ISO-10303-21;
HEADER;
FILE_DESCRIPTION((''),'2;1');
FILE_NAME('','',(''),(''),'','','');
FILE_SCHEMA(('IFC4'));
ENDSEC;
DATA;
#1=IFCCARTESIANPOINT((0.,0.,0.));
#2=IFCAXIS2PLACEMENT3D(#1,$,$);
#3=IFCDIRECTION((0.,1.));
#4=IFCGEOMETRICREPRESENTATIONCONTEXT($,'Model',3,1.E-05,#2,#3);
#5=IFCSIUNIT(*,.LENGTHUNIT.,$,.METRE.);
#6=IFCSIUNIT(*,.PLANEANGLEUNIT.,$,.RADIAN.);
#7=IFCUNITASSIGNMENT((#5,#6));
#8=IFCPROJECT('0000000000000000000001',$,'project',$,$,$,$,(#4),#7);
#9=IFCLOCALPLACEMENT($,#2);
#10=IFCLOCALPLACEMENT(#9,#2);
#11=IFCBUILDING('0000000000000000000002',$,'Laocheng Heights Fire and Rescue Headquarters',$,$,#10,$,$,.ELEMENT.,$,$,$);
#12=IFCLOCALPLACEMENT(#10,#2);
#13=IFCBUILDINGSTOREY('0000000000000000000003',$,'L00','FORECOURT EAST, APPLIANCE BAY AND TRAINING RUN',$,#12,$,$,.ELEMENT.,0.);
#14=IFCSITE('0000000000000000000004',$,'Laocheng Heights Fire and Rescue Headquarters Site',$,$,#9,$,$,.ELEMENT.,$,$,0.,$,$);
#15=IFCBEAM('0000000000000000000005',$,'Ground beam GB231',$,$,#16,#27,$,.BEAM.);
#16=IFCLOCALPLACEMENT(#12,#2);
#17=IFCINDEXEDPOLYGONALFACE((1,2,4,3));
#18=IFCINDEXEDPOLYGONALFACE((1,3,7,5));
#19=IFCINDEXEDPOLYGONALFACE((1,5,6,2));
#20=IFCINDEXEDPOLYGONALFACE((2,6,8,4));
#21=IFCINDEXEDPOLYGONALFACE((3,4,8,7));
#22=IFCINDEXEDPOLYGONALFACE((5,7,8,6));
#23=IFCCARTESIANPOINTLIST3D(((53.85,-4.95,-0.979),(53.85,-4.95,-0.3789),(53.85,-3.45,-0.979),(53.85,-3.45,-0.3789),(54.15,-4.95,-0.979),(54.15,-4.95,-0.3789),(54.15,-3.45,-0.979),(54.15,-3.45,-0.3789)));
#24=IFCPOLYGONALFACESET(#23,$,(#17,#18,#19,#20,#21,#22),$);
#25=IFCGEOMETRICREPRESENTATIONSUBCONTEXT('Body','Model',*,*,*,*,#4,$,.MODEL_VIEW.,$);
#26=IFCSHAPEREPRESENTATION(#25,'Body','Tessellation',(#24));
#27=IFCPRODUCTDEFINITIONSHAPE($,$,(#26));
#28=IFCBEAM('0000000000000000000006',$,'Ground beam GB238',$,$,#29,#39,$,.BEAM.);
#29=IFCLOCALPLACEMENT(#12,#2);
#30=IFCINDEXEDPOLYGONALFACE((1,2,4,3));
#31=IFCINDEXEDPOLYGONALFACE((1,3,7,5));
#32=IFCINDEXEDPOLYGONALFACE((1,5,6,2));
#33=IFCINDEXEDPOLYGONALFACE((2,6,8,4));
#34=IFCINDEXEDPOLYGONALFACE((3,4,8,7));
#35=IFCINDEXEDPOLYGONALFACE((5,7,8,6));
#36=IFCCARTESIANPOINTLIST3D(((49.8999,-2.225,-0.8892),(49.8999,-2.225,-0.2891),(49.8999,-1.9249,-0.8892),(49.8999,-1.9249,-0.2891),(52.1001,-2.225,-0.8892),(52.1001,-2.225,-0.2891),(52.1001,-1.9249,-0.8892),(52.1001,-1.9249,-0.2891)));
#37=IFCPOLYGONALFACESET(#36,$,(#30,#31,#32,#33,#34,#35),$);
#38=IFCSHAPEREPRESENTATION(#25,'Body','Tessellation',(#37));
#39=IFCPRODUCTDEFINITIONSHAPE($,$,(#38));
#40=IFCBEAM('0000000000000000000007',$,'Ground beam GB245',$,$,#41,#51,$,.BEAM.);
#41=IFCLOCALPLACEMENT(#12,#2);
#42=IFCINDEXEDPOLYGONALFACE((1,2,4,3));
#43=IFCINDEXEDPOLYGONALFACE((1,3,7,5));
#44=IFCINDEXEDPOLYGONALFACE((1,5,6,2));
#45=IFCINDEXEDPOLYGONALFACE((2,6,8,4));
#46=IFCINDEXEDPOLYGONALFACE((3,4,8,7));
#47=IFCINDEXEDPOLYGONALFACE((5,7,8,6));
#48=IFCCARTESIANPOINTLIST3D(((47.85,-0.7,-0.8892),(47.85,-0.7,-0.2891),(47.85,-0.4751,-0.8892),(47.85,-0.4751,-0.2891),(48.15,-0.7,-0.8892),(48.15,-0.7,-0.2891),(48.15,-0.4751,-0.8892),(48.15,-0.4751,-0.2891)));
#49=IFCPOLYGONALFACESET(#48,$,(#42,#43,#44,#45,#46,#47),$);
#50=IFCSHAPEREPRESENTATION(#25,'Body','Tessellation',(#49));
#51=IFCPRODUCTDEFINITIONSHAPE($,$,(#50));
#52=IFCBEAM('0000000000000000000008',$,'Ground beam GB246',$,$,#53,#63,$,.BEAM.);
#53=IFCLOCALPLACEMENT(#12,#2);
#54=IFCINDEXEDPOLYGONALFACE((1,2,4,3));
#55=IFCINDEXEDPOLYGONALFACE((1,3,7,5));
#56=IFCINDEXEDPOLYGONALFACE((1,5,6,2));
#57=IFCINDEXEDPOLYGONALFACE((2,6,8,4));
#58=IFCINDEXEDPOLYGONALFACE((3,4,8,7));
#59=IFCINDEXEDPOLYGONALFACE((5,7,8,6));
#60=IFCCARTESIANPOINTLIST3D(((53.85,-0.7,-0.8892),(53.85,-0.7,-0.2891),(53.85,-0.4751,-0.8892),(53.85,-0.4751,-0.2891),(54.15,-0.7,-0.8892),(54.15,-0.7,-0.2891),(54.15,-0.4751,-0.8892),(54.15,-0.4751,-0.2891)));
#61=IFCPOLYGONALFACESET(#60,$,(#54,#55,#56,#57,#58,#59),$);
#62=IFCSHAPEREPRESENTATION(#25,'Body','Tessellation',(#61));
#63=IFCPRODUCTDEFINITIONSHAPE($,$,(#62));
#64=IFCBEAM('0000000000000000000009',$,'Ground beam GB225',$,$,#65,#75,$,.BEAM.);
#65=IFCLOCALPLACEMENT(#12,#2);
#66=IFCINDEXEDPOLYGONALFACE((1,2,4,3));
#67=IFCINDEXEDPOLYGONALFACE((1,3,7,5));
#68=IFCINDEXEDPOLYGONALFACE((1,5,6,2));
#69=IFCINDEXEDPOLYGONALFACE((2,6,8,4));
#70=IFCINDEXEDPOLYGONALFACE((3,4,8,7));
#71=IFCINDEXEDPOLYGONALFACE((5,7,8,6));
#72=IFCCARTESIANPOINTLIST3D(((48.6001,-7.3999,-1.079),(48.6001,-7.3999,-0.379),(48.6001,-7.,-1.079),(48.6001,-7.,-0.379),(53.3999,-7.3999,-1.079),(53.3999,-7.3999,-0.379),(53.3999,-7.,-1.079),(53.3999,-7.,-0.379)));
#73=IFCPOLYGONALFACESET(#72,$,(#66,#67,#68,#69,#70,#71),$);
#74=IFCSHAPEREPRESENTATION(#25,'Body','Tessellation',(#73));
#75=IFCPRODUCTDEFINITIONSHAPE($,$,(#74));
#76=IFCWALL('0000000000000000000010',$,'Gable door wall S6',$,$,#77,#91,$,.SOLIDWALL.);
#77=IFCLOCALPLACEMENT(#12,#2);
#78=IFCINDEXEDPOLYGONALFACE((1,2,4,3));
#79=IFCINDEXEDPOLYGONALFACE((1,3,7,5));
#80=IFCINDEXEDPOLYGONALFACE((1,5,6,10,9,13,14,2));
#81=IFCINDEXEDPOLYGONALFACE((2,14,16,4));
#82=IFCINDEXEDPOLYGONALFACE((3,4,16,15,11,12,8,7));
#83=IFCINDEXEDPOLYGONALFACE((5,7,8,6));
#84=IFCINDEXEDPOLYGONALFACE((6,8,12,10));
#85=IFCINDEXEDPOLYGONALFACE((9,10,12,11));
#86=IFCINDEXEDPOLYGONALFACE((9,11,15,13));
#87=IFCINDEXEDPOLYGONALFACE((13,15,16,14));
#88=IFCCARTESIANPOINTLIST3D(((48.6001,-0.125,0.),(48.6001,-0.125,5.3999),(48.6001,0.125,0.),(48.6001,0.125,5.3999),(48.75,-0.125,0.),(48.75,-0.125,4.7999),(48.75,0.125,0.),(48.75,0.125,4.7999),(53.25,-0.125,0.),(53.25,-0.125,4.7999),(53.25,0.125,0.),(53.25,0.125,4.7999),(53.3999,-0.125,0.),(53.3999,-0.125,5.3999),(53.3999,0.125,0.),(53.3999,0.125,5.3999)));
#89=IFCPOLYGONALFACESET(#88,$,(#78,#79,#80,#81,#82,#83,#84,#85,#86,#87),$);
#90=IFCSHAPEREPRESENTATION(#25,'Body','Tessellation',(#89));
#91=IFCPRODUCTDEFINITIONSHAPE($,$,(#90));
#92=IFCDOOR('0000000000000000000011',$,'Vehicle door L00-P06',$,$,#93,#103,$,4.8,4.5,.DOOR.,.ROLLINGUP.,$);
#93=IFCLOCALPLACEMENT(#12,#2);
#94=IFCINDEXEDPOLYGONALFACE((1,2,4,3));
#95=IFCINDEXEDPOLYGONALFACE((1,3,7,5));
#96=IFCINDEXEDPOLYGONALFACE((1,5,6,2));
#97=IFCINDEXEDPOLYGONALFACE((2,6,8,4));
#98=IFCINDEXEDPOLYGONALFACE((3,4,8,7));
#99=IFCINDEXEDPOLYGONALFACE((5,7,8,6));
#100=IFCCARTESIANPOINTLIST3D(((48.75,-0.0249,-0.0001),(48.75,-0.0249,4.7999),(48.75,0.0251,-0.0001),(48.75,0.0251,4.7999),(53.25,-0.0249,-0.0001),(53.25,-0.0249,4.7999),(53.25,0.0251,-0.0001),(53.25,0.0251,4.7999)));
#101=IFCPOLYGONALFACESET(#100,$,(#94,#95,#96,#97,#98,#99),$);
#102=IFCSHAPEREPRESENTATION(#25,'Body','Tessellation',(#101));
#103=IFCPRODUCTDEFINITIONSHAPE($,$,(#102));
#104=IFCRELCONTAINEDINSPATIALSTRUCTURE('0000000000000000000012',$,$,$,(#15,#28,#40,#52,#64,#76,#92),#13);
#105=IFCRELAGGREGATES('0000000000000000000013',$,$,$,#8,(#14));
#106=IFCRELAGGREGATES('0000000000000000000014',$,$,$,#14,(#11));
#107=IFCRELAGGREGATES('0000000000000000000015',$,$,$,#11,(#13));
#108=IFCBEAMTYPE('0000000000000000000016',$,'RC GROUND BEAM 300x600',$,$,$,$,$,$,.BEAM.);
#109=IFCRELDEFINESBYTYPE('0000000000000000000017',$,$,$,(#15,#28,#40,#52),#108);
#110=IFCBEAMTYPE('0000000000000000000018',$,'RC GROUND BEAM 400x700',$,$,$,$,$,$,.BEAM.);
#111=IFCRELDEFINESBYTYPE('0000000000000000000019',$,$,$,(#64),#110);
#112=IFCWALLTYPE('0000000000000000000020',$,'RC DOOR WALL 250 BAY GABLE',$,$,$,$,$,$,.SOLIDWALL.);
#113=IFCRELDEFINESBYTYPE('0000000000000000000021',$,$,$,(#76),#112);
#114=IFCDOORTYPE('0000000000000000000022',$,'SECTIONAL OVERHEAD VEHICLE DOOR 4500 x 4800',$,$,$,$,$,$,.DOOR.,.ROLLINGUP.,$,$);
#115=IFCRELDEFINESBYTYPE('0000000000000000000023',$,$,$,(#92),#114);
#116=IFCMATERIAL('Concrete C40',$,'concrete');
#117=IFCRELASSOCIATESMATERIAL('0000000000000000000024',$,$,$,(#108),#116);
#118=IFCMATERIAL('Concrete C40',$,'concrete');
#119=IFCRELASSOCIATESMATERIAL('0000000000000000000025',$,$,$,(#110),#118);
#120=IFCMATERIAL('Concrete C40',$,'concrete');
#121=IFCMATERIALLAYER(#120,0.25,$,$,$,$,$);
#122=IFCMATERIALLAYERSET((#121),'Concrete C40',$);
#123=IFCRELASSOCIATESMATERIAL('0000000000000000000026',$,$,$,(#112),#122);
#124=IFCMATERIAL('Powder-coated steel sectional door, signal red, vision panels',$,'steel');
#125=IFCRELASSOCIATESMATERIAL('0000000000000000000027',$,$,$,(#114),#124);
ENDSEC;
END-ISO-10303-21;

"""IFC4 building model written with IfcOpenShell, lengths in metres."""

from ifc_helpers import new_model, si_unit, direction, frame, frame_2d, origin, origin_2d, place, context, subcontext, project, spatial, rectangle, extrude, material, layer, layer_set, material_profile, profile_set, type_object, element, fill, save


model = new_model("IFC4")

# Units and contexts
model_context = context("Model", 3, precision=1e-05, world=origin(), true_north=direction((0.0, 1.0)))
body_context = subcontext(model_context, "Body", "Model", "MODEL_VIEW")
ifc_project = project(units=[si_unit("LENGTHUNIT", "METRE"), si_unit("PLANEANGLEUNIT", "RADIAN")], contexts=[model_context])

# Site, building, storey
site_placement = place(None, origin())
site = spatial("IfcSite", under=ifc_project, at=site_placement, Name="Laocheng Heights Fire and Rescue Headquarters Site", CompositionType="ELEMENT", RefElevation=0.0)
building_placement = place(site_placement, origin())
building = spatial("IfcBuilding", under=site, at=building_placement, Name="Laocheng Heights Fire and Rescue Headquarters", CompositionType="ELEMENT")
storey_placement = place(building_placement, origin())
storey = spatial("IfcBuildingStorey", under=building, at=storey_placement, Name="L00", Description="FORECOURT EAST, APPLIANCE BAY AND TRAINING RUN", CompositionType="ELEMENT", Elevation=0.0)

# Beams
ifc_material_1 = material(Name="Concrete C40", Category="concrete")
ifc_material_profile_1 = material_profile(ifc_material_1, rectangle(XDim=0.3, YDim=0.6001, at=origin_2d()), Name="RC GROUND BEAM 300x600")
ifc_profile_set_1 = profile_set([ifc_material_profile_1], Name="Concrete C40")
beam_type_1 = type_object("IfcBeamType", Name="RC GROUND BEAM 300x600", PredefinedType="BEAM", material=ifc_profile_set_1)
for number, where, z_axis, x_axis, name in (
    (1, (54.0, -4.95, -0.679), (0.0, 1.0, 0.0), (-1.0, 0.0, 0.0), "Ground beam GB231"),
):
    element("IfcBeam", number, at=place(storey_placement, frame(where, z_axis=z_axis, x_axis=x_axis)), inside=storey, type_object=beam_type_1, Name=name, PredefinedType="BEAM", context=body_context, shape_type="SweptSolid", body=[
        extrude(rectangle(XDim=0.3, YDim=0.6001, at=origin_2d()), origin(), (0.0, 0.0, 1.0), 1.5),
    ])
beam_1_placement = place(storey_placement, frame((49.8999, -2.075, -0.5891), z_axis=(1.0, 0.0, 0.0), x_axis=(0.0, 1.0, 0.0)))
element("IfcBeam", 2, at=beam_1_placement, inside=storey, type_object=beam_type_1, Name="Ground beam GB238", PredefinedType="BEAM", context=body_context, shape_type="SweptSolid", body=[
    extrude(rectangle(XDim=0.3, YDim=0.6001, at=origin_2d()), origin(), (0.0, 0.0, 1.0), 2.2002),
])
for number, where, z_axis, x_axis, name in (
    (3, (48.0, -0.7, -0.5891), (0.0, 1.0, 0.0), (-1.0, 0.0, 0.0), "Ground beam GB245"),
    (4, (54.0, -0.7, -0.5891), (0.0, 1.0, 0.0), (-1.0, 0.0, 0.0), "Ground beam GB246"),
):
    element("IfcBeam", number, at=place(storey_placement, frame(where, z_axis=z_axis, x_axis=x_axis)), inside=storey, type_object=beam_type_1, Name=name, PredefinedType="BEAM", context=body_context, shape_type="SweptSolid", body=[
        extrude(rectangle(XDim=0.3, YDim=0.6001, at=origin_2d()), origin(), (0.0, 0.0, 1.0), 0.2249),
    ])
ifc_material_2 = material(Name="Concrete C40", Category="concrete")
ifc_material_profile_2 = material_profile(ifc_material_2, rectangle(XDim=0.3999, YDim=0.7, at=origin_2d()), Name="RC GROUND BEAM 400x700")
ifc_profile_set_2 = profile_set([ifc_material_profile_2], Name="Concrete C40")
beam_type_2 = type_object("IfcBeamType", Name="RC GROUND BEAM 400x700", PredefinedType="BEAM", material=ifc_profile_set_2)
beam_2_placement = place(storey_placement, frame((48.6001, -7.2, -0.729), z_axis=(1.0, 0.0, 0.0), x_axis=(0.0, 1.0, 0.0)))
element("IfcBeam", 5, at=beam_2_placement, inside=storey, type_object=beam_type_2, Name="Ground beam GB225", PredefinedType="BEAM", context=body_context, shape_type="SweptSolid", body=[
    extrude(rectangle(XDim=0.3999, YDim=0.7, at=origin_2d()), origin(), (0.0, 0.0, 1.0), 4.7998),
])

# Wall, opening, door
ifc_material_3 = material(Name="Concrete C40", Category="concrete")
ifc_layer = layer(ifc_material_3, 0.25)
ifc_layer_set = layer_set([ifc_layer], Name="Concrete C40")
wall_type = type_object("IfcWallType", Name="RC DOOR WALL 250 BAY GABLE", PredefinedType="SOLIDWALL", material=ifc_layer_set)
wall_placement = place(storey_placement, frame((48.6001, 0.0, 0.0), z_axis=(0.0, 0.0, 1.0), x_axis=(1.0, 0.0, 0.0)))
wall = element("IfcWall", 6, at=wall_placement, inside=storey, type_object=wall_type, Name="Gable door wall S6", PredefinedType="SOLIDWALL", context=body_context, shape_type="SweptSolid", body=[
    extrude(rectangle(XDim=4.7998, YDim=0.25, at=frame_2d((2.3999, 0.0))), origin(), (0.0, 0.0, 1.0), 5.3999),
])
opening_placement = place(wall_placement, frame((0.1499, 0.0, 0.0)))
opening = element("IfcOpeningElement", 7, at=opening_placement, cuts=wall, PredefinedType="OPENING", context=body_context, shape_type="SweptSolid", body=[
    extrude(rectangle(XDim=4.5, YDim=4.8, at=frame_2d((2.25, 2.3999))), frame((0.0, 0.135, 0.0), z_axis=(0.0, -1.0, 0.0), x_axis=(1.0, 0.0, 0.0)), (0.0, 0.0, 1.0), 0.27),
])
ifc_material_4 = material(Name="Powder-coated steel sectional door, signal red, vision panels", Category="steel")
door_type = type_object("IfcDoorType", Name="SECTIONAL OVERHEAD VEHICLE DOOR 4500 x 4800", OperationType="ROLLINGUP", PredefinedType="DOOR", material=ifc_material_4)
door_placement = place(opening_placement, frame((4.5, 0.0, 0.0), z_axis=(0.0, 0.0, 1.0), x_axis=(-1.0, 0.0, 0.0)))
door = element("IfcDoor", 8, at=door_placement, inside=storey, type_object=door_type, Name="Vehicle door L00-P06", OperationType="ROLLINGUP", OverallHeight=4.8, OverallWidth=4.5, PredefinedType="DOOR", context=body_context, shape_type="SweptSolid", body=[
    extrude(rectangle(XDim=4.5, YDim=4.8, at=frame_2d((2.25, 2.3999))), frame((0.0, 0.0249, 0.0), z_axis=(0.0, -1.0, 0.0), x_axis=(1.0, 0.0, 0.0)), (0.0, 0.0, 1.0), 0.05),
])
fill(opening, door)

save(model, "model.ifc")
